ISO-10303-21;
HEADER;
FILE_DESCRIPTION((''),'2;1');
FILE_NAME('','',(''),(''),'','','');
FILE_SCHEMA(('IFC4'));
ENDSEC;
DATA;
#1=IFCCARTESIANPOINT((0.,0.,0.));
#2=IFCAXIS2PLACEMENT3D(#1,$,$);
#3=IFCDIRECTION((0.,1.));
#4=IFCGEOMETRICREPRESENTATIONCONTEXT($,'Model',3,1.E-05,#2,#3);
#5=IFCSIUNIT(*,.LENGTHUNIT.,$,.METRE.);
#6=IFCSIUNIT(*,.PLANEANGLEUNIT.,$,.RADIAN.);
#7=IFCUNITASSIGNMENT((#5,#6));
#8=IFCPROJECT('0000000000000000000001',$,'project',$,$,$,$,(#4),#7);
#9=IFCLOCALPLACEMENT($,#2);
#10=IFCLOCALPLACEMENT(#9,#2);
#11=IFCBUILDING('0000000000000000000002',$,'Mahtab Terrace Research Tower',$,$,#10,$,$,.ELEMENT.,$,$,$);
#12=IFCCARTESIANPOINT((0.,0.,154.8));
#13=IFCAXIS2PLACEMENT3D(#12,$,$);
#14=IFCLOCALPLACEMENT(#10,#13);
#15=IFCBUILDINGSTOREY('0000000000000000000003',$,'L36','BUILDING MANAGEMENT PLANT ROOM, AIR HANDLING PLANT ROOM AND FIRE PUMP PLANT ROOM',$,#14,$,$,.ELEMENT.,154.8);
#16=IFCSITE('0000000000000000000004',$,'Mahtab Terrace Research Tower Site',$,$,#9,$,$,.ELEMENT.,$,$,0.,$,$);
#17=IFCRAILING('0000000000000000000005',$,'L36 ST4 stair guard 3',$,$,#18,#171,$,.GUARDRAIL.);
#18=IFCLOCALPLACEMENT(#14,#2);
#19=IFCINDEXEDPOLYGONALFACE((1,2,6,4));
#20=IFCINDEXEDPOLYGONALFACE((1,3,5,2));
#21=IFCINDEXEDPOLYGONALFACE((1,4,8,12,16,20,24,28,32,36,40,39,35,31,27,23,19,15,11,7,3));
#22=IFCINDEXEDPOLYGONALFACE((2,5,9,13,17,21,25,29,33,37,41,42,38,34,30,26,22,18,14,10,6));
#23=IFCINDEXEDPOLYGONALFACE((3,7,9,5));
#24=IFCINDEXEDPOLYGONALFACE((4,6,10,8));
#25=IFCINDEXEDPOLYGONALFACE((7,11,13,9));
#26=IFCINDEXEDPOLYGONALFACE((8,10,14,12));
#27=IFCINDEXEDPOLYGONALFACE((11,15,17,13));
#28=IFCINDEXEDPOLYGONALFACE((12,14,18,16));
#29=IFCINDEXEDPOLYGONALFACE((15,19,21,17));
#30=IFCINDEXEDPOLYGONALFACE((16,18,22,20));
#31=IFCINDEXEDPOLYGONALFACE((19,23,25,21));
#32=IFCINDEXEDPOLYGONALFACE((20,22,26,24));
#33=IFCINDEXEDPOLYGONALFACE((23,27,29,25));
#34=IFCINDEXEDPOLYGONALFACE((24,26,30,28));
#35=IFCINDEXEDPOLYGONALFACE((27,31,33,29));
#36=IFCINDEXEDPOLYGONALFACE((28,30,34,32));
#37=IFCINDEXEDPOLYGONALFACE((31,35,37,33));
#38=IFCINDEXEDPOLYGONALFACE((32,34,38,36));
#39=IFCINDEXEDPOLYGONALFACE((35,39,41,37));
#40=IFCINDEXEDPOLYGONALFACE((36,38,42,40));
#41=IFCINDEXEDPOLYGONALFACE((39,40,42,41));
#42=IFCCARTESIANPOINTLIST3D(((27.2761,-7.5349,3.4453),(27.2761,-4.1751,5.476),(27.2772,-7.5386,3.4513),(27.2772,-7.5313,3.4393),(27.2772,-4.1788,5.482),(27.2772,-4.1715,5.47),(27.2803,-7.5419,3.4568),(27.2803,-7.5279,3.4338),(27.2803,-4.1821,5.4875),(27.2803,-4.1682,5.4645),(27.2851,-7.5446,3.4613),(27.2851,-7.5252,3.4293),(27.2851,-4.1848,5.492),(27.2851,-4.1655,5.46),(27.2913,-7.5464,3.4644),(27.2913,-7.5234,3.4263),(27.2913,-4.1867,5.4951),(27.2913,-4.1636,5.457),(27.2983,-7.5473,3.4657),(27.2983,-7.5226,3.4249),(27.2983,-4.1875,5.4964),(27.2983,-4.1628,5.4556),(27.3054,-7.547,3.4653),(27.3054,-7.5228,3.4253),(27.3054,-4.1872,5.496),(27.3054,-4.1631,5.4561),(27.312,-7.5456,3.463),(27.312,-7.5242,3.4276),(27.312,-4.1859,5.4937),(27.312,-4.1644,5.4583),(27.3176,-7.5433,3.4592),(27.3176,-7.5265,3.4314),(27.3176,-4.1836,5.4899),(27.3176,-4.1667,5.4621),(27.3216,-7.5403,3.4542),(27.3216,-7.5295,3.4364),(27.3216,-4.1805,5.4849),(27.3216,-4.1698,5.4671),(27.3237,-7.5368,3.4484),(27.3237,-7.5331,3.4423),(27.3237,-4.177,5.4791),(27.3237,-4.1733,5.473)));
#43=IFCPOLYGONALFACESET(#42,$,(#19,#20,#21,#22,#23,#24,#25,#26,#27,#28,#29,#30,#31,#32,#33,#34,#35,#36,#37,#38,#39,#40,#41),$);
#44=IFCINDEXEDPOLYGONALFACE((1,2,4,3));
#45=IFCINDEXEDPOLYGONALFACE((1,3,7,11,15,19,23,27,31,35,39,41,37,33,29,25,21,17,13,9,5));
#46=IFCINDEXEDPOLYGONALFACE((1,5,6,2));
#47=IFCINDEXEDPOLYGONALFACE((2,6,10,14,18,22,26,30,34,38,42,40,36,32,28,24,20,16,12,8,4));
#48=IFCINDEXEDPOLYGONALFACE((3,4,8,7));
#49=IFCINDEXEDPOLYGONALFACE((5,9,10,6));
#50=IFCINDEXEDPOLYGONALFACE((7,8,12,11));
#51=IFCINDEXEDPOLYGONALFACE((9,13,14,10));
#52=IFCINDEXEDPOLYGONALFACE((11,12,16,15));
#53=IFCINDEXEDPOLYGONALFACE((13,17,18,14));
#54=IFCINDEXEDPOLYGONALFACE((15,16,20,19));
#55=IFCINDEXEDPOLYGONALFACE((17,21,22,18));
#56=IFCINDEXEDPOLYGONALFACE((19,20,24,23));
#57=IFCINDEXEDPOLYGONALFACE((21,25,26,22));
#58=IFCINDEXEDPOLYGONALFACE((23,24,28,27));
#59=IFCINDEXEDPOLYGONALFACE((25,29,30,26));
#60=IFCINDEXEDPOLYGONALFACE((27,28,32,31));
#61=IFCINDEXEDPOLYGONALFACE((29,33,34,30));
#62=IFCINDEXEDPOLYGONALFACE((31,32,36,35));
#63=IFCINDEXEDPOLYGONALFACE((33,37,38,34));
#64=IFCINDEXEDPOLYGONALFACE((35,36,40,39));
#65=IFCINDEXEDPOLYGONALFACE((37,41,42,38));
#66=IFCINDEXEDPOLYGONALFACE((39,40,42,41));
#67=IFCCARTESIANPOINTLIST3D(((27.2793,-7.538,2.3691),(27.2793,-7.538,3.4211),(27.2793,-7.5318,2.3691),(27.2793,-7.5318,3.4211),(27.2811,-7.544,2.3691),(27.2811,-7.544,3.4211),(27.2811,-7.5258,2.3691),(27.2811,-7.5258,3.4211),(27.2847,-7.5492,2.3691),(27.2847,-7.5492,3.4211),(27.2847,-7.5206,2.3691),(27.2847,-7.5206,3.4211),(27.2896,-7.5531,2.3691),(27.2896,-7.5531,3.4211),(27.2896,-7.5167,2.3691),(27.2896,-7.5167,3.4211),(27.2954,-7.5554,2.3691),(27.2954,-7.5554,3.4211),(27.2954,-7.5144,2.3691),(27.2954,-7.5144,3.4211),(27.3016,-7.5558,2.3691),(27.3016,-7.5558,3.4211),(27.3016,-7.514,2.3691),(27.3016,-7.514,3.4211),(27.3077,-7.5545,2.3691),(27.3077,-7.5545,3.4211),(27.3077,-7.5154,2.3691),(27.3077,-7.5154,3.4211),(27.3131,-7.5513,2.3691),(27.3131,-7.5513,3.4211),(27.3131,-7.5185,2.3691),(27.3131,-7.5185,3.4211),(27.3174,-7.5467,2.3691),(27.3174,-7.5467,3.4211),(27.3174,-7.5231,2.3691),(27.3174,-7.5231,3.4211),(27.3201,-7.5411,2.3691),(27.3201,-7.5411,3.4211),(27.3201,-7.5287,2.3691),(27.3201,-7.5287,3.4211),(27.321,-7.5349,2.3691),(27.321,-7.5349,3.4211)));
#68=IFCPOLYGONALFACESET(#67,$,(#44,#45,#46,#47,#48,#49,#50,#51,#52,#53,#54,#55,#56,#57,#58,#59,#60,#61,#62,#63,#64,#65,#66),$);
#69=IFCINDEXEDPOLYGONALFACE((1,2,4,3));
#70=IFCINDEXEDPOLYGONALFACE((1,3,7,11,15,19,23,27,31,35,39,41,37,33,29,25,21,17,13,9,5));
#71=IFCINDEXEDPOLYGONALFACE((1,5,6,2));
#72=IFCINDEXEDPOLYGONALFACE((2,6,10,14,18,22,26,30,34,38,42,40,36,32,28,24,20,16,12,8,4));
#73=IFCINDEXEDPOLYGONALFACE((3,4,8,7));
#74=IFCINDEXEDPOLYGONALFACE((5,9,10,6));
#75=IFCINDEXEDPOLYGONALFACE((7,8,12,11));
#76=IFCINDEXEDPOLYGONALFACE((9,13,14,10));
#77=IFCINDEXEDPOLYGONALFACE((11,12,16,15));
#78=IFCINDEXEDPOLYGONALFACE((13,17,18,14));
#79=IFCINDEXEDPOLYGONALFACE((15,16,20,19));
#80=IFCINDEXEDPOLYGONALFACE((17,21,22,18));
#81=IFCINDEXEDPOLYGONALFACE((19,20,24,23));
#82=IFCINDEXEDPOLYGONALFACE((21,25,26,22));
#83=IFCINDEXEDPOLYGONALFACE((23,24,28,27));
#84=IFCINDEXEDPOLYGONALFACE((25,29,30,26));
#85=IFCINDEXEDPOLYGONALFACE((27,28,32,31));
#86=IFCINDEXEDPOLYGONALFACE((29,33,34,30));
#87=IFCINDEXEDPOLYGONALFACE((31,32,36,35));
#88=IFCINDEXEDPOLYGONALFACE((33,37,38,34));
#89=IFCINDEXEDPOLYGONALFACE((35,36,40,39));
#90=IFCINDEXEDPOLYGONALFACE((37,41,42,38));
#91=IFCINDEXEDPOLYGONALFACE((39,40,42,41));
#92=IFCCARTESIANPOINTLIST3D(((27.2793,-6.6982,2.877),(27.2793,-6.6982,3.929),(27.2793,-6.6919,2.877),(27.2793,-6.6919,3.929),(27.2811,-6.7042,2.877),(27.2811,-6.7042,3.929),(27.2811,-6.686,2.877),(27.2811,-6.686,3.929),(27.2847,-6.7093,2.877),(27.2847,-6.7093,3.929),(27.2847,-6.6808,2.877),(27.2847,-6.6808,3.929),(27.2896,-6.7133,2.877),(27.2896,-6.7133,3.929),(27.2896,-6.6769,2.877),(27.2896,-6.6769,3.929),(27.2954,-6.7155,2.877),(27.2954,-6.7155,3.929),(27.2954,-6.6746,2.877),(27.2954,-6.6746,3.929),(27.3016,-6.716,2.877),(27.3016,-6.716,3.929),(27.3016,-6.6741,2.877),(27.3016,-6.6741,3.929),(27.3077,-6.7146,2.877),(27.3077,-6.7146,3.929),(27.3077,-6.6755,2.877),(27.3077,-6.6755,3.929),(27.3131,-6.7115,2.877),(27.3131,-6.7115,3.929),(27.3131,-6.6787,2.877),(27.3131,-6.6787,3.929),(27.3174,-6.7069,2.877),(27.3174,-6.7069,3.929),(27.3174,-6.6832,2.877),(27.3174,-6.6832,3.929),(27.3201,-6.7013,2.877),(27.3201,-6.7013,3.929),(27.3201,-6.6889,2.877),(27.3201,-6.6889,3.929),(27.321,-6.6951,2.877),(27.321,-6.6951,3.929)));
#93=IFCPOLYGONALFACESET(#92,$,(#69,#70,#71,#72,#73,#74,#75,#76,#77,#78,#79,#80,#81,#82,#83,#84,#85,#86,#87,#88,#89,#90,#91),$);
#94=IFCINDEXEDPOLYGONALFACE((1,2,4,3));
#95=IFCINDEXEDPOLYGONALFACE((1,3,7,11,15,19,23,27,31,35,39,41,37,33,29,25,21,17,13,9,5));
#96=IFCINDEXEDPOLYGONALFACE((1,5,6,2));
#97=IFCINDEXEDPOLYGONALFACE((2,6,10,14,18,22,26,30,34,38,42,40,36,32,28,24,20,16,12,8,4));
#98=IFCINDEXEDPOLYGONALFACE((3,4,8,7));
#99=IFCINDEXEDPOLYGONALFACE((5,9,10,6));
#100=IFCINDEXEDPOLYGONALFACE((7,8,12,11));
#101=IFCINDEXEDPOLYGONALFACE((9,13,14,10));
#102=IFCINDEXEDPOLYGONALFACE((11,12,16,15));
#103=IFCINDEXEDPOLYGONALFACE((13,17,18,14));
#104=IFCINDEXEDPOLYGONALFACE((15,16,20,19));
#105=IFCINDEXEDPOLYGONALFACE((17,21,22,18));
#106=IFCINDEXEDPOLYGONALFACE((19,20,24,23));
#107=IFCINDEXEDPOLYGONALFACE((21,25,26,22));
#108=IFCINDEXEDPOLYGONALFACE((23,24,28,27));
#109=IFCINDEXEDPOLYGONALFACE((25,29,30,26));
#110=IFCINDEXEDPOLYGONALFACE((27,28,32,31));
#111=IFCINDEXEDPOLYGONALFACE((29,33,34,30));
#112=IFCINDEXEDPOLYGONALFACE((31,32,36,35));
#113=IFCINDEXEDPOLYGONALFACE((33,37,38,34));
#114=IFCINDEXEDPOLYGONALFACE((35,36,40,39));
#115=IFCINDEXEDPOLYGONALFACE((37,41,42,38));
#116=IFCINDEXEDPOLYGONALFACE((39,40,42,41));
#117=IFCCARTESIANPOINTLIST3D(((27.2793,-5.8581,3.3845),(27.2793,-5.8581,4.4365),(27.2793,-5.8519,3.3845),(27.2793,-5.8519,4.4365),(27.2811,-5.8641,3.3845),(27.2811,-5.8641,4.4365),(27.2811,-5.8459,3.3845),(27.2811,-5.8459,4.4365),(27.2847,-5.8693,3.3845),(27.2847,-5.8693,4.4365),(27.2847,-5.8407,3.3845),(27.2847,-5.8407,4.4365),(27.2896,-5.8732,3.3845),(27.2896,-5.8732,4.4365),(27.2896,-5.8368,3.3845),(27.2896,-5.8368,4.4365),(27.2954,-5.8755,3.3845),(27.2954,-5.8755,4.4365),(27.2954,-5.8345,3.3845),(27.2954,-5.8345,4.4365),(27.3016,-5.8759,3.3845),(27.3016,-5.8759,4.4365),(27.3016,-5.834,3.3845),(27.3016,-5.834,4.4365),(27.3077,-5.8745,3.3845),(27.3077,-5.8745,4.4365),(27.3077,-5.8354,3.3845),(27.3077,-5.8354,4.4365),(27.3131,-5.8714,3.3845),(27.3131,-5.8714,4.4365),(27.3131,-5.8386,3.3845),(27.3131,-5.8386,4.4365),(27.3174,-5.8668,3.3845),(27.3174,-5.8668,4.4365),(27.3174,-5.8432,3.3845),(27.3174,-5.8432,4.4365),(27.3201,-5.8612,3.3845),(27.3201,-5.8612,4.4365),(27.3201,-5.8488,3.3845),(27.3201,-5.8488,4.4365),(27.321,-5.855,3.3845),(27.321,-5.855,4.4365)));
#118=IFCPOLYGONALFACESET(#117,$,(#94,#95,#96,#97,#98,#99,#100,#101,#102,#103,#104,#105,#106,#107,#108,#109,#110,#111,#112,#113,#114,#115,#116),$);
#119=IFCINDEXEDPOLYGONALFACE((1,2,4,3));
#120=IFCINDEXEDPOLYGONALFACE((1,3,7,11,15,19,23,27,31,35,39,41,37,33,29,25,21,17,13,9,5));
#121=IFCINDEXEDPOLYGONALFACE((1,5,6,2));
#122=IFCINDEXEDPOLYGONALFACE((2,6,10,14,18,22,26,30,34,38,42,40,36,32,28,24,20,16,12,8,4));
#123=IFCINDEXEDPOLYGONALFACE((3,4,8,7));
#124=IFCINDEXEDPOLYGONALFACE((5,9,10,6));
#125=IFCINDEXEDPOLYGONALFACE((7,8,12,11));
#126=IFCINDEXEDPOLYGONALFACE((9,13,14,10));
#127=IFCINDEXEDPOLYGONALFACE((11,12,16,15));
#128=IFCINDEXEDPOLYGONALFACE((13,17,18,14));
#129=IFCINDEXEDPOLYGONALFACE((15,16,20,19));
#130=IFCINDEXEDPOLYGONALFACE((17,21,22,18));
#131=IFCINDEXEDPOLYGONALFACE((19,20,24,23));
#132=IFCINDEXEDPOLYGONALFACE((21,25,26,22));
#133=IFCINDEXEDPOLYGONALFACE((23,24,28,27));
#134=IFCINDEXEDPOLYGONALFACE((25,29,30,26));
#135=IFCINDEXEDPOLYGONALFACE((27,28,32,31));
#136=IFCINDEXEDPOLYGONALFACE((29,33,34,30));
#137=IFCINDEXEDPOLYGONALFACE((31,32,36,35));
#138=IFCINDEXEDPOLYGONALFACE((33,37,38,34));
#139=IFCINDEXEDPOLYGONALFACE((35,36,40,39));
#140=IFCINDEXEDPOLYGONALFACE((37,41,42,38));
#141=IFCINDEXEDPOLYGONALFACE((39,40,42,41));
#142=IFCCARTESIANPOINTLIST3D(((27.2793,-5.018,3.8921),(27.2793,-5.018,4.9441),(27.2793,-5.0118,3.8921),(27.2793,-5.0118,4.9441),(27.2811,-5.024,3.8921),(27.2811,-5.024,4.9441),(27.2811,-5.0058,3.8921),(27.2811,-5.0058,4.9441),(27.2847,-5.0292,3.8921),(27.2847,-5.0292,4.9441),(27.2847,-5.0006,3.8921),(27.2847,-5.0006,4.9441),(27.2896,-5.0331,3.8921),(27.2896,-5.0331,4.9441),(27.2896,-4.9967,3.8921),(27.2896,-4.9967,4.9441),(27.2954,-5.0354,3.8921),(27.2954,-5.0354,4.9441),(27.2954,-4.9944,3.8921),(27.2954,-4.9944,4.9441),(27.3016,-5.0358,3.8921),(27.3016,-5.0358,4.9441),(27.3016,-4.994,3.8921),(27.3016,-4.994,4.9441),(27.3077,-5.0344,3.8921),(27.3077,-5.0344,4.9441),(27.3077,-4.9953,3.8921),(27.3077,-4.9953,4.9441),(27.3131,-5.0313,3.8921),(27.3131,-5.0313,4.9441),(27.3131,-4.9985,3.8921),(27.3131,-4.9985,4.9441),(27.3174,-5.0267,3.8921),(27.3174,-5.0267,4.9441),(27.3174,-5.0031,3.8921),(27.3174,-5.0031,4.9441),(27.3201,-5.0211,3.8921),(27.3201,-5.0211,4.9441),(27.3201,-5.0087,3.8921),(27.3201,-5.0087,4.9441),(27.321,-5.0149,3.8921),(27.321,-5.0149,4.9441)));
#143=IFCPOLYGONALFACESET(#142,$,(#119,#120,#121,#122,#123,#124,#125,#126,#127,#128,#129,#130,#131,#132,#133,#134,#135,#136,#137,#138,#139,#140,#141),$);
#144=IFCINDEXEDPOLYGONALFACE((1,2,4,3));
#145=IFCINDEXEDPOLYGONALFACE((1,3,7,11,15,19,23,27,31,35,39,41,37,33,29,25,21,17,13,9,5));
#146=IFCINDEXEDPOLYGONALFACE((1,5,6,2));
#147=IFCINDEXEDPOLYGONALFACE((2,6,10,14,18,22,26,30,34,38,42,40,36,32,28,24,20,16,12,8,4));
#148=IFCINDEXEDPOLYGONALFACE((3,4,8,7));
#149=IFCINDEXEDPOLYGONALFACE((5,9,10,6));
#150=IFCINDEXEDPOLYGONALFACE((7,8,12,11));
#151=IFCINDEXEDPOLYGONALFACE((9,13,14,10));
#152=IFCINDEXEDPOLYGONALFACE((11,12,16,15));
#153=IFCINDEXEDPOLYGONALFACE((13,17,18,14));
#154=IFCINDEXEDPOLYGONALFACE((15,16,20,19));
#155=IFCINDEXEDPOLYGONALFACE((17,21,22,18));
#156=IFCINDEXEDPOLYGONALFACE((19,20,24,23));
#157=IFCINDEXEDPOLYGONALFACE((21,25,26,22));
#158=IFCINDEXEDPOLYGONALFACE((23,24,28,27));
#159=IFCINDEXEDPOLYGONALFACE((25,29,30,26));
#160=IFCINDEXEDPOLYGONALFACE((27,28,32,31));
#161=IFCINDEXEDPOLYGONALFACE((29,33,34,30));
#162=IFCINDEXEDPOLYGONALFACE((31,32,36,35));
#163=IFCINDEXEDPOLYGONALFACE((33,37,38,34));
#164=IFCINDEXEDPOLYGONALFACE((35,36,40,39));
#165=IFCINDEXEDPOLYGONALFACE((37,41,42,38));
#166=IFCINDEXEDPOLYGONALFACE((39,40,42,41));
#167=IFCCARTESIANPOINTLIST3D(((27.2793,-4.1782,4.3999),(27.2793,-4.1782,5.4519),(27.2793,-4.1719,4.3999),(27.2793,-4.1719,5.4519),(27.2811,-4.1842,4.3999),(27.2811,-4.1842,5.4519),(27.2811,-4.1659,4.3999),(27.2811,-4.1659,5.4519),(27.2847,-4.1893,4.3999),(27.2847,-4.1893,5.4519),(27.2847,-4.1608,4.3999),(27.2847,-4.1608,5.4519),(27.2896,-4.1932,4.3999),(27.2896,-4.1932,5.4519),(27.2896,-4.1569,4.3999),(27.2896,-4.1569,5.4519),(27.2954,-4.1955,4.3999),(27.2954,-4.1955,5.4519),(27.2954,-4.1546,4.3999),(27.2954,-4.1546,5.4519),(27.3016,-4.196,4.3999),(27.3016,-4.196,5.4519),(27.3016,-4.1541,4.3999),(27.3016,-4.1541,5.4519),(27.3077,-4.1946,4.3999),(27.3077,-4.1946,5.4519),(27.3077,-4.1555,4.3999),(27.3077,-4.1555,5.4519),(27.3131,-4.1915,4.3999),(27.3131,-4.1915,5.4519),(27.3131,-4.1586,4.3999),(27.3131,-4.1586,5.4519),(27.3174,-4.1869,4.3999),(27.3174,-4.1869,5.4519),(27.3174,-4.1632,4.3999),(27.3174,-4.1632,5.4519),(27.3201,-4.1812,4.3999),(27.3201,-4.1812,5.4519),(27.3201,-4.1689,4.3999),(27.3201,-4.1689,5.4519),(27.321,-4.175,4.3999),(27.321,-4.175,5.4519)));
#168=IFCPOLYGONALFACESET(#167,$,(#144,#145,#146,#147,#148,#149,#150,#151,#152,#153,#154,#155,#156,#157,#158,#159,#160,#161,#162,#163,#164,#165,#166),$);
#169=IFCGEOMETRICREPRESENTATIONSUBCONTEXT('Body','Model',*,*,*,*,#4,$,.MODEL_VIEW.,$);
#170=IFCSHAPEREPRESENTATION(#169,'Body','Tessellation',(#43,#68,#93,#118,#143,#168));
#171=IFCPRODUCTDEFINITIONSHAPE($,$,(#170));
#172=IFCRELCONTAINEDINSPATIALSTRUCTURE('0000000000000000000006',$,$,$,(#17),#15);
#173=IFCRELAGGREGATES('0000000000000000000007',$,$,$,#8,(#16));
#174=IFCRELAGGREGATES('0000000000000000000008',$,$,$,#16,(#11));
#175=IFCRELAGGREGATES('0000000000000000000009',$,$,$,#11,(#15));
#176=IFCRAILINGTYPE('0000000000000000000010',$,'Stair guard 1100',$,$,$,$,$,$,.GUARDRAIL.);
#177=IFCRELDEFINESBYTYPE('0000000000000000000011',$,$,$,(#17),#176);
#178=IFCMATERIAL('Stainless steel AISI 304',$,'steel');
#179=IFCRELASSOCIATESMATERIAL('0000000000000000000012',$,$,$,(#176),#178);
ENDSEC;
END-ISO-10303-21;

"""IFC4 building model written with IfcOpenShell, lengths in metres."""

from ifc_helpers import new_model, si_unit, direction, frame, origin, origin_2d, place, context, subcontext, project, spatial, circle, extrude, material, type_object, element, save


model = new_model("IFC4")

# Units and contexts
model_context = context("Model", 3, precision=1e-05, world=origin(), true_north=direction((0.0, 1.0)))
body_context = subcontext(model_context, "Body", "Model", "MODEL_VIEW")
ifc_project = project(units=[si_unit("LENGTHUNIT", "METRE"), si_unit("PLANEANGLEUNIT", "RADIAN")], contexts=[model_context])

# Site, building, storey
site_placement = place(None, origin())
site = spatial("IfcSite", under=ifc_project, at=site_placement, Name="Mahtab Terrace Research Tower Site", CompositionType="ELEMENT", RefElevation=0.0)
building_placement = place(site_placement, origin())
building = spatial("IfcBuilding", under=site, at=building_placement, Name="Mahtab Terrace Research Tower", CompositionType="ELEMENT")
storey_placement = place(building_placement, frame((0.0, 0.0, 154.8)))
storey = spatial("IfcBuildingStorey", under=building, at=storey_placement, Name="L36", Description="BUILDING MANAGEMENT PLANT ROOM, AIR HANDLING PLANT ROOM AND FIRE PUMP PLANT ROOM", CompositionType="ELEMENT", Elevation=154.8)

# Shared definitions
ifc_material_1 = material(Name="Stainless steel AISI 304", Category="steel")

# Railing
railing_type_1 = type_object("IfcRailingType", Name="Stair guard 1100", PredefinedType="GUARDRAIL", material=ifc_material_1)
railing_1_placement = place(storey_placement, frame((27.3, -7.5349, 2.3691)))
element("IfcRailing", 1, at=railing_1_placement, inside=storey, type_object=railing_type_1, Name="L36 ST4 stair guard 3", PredefinedType="GUARDRAIL", context=body_context, shape_type="SweptSolid", body=[
    extrude(circle(Radius=0.0239, at=origin_2d()), frame((0.0, 0.0, 1.0762), z_axis=(0.0, 0.85582, 0.517273), x_axis=(-1.0, 0.0, 0.0)), (0.0, 0.0, 1.0), 3.9258),
    extrude(circle(Radius=0.021, at=origin_2d()), origin(), (0.0, 0.0, 1.0), 1.052),
    extrude(circle(Radius=0.021, at=origin_2d()), frame((0.0, 0.8398, 0.5078)), (0.0, 0.0, 1.0), 1.052),
    extrude(circle(Radius=0.021, at=origin_2d()), frame((0.0, 1.6799, 1.0154)), (0.0, 0.0, 1.0), 1.052),
    extrude(circle(Radius=0.021, at=origin_2d()), frame((0.0, 2.52, 1.5229)), (0.0, 0.0, 1.0), 1.052),
    extrude(circle(Radius=0.021, at=origin_2d()), frame((0.0, 3.3599, 2.0308)), (0.0, 0.0, 1.0), 1.052),
])

save(model, "model.ifc")
